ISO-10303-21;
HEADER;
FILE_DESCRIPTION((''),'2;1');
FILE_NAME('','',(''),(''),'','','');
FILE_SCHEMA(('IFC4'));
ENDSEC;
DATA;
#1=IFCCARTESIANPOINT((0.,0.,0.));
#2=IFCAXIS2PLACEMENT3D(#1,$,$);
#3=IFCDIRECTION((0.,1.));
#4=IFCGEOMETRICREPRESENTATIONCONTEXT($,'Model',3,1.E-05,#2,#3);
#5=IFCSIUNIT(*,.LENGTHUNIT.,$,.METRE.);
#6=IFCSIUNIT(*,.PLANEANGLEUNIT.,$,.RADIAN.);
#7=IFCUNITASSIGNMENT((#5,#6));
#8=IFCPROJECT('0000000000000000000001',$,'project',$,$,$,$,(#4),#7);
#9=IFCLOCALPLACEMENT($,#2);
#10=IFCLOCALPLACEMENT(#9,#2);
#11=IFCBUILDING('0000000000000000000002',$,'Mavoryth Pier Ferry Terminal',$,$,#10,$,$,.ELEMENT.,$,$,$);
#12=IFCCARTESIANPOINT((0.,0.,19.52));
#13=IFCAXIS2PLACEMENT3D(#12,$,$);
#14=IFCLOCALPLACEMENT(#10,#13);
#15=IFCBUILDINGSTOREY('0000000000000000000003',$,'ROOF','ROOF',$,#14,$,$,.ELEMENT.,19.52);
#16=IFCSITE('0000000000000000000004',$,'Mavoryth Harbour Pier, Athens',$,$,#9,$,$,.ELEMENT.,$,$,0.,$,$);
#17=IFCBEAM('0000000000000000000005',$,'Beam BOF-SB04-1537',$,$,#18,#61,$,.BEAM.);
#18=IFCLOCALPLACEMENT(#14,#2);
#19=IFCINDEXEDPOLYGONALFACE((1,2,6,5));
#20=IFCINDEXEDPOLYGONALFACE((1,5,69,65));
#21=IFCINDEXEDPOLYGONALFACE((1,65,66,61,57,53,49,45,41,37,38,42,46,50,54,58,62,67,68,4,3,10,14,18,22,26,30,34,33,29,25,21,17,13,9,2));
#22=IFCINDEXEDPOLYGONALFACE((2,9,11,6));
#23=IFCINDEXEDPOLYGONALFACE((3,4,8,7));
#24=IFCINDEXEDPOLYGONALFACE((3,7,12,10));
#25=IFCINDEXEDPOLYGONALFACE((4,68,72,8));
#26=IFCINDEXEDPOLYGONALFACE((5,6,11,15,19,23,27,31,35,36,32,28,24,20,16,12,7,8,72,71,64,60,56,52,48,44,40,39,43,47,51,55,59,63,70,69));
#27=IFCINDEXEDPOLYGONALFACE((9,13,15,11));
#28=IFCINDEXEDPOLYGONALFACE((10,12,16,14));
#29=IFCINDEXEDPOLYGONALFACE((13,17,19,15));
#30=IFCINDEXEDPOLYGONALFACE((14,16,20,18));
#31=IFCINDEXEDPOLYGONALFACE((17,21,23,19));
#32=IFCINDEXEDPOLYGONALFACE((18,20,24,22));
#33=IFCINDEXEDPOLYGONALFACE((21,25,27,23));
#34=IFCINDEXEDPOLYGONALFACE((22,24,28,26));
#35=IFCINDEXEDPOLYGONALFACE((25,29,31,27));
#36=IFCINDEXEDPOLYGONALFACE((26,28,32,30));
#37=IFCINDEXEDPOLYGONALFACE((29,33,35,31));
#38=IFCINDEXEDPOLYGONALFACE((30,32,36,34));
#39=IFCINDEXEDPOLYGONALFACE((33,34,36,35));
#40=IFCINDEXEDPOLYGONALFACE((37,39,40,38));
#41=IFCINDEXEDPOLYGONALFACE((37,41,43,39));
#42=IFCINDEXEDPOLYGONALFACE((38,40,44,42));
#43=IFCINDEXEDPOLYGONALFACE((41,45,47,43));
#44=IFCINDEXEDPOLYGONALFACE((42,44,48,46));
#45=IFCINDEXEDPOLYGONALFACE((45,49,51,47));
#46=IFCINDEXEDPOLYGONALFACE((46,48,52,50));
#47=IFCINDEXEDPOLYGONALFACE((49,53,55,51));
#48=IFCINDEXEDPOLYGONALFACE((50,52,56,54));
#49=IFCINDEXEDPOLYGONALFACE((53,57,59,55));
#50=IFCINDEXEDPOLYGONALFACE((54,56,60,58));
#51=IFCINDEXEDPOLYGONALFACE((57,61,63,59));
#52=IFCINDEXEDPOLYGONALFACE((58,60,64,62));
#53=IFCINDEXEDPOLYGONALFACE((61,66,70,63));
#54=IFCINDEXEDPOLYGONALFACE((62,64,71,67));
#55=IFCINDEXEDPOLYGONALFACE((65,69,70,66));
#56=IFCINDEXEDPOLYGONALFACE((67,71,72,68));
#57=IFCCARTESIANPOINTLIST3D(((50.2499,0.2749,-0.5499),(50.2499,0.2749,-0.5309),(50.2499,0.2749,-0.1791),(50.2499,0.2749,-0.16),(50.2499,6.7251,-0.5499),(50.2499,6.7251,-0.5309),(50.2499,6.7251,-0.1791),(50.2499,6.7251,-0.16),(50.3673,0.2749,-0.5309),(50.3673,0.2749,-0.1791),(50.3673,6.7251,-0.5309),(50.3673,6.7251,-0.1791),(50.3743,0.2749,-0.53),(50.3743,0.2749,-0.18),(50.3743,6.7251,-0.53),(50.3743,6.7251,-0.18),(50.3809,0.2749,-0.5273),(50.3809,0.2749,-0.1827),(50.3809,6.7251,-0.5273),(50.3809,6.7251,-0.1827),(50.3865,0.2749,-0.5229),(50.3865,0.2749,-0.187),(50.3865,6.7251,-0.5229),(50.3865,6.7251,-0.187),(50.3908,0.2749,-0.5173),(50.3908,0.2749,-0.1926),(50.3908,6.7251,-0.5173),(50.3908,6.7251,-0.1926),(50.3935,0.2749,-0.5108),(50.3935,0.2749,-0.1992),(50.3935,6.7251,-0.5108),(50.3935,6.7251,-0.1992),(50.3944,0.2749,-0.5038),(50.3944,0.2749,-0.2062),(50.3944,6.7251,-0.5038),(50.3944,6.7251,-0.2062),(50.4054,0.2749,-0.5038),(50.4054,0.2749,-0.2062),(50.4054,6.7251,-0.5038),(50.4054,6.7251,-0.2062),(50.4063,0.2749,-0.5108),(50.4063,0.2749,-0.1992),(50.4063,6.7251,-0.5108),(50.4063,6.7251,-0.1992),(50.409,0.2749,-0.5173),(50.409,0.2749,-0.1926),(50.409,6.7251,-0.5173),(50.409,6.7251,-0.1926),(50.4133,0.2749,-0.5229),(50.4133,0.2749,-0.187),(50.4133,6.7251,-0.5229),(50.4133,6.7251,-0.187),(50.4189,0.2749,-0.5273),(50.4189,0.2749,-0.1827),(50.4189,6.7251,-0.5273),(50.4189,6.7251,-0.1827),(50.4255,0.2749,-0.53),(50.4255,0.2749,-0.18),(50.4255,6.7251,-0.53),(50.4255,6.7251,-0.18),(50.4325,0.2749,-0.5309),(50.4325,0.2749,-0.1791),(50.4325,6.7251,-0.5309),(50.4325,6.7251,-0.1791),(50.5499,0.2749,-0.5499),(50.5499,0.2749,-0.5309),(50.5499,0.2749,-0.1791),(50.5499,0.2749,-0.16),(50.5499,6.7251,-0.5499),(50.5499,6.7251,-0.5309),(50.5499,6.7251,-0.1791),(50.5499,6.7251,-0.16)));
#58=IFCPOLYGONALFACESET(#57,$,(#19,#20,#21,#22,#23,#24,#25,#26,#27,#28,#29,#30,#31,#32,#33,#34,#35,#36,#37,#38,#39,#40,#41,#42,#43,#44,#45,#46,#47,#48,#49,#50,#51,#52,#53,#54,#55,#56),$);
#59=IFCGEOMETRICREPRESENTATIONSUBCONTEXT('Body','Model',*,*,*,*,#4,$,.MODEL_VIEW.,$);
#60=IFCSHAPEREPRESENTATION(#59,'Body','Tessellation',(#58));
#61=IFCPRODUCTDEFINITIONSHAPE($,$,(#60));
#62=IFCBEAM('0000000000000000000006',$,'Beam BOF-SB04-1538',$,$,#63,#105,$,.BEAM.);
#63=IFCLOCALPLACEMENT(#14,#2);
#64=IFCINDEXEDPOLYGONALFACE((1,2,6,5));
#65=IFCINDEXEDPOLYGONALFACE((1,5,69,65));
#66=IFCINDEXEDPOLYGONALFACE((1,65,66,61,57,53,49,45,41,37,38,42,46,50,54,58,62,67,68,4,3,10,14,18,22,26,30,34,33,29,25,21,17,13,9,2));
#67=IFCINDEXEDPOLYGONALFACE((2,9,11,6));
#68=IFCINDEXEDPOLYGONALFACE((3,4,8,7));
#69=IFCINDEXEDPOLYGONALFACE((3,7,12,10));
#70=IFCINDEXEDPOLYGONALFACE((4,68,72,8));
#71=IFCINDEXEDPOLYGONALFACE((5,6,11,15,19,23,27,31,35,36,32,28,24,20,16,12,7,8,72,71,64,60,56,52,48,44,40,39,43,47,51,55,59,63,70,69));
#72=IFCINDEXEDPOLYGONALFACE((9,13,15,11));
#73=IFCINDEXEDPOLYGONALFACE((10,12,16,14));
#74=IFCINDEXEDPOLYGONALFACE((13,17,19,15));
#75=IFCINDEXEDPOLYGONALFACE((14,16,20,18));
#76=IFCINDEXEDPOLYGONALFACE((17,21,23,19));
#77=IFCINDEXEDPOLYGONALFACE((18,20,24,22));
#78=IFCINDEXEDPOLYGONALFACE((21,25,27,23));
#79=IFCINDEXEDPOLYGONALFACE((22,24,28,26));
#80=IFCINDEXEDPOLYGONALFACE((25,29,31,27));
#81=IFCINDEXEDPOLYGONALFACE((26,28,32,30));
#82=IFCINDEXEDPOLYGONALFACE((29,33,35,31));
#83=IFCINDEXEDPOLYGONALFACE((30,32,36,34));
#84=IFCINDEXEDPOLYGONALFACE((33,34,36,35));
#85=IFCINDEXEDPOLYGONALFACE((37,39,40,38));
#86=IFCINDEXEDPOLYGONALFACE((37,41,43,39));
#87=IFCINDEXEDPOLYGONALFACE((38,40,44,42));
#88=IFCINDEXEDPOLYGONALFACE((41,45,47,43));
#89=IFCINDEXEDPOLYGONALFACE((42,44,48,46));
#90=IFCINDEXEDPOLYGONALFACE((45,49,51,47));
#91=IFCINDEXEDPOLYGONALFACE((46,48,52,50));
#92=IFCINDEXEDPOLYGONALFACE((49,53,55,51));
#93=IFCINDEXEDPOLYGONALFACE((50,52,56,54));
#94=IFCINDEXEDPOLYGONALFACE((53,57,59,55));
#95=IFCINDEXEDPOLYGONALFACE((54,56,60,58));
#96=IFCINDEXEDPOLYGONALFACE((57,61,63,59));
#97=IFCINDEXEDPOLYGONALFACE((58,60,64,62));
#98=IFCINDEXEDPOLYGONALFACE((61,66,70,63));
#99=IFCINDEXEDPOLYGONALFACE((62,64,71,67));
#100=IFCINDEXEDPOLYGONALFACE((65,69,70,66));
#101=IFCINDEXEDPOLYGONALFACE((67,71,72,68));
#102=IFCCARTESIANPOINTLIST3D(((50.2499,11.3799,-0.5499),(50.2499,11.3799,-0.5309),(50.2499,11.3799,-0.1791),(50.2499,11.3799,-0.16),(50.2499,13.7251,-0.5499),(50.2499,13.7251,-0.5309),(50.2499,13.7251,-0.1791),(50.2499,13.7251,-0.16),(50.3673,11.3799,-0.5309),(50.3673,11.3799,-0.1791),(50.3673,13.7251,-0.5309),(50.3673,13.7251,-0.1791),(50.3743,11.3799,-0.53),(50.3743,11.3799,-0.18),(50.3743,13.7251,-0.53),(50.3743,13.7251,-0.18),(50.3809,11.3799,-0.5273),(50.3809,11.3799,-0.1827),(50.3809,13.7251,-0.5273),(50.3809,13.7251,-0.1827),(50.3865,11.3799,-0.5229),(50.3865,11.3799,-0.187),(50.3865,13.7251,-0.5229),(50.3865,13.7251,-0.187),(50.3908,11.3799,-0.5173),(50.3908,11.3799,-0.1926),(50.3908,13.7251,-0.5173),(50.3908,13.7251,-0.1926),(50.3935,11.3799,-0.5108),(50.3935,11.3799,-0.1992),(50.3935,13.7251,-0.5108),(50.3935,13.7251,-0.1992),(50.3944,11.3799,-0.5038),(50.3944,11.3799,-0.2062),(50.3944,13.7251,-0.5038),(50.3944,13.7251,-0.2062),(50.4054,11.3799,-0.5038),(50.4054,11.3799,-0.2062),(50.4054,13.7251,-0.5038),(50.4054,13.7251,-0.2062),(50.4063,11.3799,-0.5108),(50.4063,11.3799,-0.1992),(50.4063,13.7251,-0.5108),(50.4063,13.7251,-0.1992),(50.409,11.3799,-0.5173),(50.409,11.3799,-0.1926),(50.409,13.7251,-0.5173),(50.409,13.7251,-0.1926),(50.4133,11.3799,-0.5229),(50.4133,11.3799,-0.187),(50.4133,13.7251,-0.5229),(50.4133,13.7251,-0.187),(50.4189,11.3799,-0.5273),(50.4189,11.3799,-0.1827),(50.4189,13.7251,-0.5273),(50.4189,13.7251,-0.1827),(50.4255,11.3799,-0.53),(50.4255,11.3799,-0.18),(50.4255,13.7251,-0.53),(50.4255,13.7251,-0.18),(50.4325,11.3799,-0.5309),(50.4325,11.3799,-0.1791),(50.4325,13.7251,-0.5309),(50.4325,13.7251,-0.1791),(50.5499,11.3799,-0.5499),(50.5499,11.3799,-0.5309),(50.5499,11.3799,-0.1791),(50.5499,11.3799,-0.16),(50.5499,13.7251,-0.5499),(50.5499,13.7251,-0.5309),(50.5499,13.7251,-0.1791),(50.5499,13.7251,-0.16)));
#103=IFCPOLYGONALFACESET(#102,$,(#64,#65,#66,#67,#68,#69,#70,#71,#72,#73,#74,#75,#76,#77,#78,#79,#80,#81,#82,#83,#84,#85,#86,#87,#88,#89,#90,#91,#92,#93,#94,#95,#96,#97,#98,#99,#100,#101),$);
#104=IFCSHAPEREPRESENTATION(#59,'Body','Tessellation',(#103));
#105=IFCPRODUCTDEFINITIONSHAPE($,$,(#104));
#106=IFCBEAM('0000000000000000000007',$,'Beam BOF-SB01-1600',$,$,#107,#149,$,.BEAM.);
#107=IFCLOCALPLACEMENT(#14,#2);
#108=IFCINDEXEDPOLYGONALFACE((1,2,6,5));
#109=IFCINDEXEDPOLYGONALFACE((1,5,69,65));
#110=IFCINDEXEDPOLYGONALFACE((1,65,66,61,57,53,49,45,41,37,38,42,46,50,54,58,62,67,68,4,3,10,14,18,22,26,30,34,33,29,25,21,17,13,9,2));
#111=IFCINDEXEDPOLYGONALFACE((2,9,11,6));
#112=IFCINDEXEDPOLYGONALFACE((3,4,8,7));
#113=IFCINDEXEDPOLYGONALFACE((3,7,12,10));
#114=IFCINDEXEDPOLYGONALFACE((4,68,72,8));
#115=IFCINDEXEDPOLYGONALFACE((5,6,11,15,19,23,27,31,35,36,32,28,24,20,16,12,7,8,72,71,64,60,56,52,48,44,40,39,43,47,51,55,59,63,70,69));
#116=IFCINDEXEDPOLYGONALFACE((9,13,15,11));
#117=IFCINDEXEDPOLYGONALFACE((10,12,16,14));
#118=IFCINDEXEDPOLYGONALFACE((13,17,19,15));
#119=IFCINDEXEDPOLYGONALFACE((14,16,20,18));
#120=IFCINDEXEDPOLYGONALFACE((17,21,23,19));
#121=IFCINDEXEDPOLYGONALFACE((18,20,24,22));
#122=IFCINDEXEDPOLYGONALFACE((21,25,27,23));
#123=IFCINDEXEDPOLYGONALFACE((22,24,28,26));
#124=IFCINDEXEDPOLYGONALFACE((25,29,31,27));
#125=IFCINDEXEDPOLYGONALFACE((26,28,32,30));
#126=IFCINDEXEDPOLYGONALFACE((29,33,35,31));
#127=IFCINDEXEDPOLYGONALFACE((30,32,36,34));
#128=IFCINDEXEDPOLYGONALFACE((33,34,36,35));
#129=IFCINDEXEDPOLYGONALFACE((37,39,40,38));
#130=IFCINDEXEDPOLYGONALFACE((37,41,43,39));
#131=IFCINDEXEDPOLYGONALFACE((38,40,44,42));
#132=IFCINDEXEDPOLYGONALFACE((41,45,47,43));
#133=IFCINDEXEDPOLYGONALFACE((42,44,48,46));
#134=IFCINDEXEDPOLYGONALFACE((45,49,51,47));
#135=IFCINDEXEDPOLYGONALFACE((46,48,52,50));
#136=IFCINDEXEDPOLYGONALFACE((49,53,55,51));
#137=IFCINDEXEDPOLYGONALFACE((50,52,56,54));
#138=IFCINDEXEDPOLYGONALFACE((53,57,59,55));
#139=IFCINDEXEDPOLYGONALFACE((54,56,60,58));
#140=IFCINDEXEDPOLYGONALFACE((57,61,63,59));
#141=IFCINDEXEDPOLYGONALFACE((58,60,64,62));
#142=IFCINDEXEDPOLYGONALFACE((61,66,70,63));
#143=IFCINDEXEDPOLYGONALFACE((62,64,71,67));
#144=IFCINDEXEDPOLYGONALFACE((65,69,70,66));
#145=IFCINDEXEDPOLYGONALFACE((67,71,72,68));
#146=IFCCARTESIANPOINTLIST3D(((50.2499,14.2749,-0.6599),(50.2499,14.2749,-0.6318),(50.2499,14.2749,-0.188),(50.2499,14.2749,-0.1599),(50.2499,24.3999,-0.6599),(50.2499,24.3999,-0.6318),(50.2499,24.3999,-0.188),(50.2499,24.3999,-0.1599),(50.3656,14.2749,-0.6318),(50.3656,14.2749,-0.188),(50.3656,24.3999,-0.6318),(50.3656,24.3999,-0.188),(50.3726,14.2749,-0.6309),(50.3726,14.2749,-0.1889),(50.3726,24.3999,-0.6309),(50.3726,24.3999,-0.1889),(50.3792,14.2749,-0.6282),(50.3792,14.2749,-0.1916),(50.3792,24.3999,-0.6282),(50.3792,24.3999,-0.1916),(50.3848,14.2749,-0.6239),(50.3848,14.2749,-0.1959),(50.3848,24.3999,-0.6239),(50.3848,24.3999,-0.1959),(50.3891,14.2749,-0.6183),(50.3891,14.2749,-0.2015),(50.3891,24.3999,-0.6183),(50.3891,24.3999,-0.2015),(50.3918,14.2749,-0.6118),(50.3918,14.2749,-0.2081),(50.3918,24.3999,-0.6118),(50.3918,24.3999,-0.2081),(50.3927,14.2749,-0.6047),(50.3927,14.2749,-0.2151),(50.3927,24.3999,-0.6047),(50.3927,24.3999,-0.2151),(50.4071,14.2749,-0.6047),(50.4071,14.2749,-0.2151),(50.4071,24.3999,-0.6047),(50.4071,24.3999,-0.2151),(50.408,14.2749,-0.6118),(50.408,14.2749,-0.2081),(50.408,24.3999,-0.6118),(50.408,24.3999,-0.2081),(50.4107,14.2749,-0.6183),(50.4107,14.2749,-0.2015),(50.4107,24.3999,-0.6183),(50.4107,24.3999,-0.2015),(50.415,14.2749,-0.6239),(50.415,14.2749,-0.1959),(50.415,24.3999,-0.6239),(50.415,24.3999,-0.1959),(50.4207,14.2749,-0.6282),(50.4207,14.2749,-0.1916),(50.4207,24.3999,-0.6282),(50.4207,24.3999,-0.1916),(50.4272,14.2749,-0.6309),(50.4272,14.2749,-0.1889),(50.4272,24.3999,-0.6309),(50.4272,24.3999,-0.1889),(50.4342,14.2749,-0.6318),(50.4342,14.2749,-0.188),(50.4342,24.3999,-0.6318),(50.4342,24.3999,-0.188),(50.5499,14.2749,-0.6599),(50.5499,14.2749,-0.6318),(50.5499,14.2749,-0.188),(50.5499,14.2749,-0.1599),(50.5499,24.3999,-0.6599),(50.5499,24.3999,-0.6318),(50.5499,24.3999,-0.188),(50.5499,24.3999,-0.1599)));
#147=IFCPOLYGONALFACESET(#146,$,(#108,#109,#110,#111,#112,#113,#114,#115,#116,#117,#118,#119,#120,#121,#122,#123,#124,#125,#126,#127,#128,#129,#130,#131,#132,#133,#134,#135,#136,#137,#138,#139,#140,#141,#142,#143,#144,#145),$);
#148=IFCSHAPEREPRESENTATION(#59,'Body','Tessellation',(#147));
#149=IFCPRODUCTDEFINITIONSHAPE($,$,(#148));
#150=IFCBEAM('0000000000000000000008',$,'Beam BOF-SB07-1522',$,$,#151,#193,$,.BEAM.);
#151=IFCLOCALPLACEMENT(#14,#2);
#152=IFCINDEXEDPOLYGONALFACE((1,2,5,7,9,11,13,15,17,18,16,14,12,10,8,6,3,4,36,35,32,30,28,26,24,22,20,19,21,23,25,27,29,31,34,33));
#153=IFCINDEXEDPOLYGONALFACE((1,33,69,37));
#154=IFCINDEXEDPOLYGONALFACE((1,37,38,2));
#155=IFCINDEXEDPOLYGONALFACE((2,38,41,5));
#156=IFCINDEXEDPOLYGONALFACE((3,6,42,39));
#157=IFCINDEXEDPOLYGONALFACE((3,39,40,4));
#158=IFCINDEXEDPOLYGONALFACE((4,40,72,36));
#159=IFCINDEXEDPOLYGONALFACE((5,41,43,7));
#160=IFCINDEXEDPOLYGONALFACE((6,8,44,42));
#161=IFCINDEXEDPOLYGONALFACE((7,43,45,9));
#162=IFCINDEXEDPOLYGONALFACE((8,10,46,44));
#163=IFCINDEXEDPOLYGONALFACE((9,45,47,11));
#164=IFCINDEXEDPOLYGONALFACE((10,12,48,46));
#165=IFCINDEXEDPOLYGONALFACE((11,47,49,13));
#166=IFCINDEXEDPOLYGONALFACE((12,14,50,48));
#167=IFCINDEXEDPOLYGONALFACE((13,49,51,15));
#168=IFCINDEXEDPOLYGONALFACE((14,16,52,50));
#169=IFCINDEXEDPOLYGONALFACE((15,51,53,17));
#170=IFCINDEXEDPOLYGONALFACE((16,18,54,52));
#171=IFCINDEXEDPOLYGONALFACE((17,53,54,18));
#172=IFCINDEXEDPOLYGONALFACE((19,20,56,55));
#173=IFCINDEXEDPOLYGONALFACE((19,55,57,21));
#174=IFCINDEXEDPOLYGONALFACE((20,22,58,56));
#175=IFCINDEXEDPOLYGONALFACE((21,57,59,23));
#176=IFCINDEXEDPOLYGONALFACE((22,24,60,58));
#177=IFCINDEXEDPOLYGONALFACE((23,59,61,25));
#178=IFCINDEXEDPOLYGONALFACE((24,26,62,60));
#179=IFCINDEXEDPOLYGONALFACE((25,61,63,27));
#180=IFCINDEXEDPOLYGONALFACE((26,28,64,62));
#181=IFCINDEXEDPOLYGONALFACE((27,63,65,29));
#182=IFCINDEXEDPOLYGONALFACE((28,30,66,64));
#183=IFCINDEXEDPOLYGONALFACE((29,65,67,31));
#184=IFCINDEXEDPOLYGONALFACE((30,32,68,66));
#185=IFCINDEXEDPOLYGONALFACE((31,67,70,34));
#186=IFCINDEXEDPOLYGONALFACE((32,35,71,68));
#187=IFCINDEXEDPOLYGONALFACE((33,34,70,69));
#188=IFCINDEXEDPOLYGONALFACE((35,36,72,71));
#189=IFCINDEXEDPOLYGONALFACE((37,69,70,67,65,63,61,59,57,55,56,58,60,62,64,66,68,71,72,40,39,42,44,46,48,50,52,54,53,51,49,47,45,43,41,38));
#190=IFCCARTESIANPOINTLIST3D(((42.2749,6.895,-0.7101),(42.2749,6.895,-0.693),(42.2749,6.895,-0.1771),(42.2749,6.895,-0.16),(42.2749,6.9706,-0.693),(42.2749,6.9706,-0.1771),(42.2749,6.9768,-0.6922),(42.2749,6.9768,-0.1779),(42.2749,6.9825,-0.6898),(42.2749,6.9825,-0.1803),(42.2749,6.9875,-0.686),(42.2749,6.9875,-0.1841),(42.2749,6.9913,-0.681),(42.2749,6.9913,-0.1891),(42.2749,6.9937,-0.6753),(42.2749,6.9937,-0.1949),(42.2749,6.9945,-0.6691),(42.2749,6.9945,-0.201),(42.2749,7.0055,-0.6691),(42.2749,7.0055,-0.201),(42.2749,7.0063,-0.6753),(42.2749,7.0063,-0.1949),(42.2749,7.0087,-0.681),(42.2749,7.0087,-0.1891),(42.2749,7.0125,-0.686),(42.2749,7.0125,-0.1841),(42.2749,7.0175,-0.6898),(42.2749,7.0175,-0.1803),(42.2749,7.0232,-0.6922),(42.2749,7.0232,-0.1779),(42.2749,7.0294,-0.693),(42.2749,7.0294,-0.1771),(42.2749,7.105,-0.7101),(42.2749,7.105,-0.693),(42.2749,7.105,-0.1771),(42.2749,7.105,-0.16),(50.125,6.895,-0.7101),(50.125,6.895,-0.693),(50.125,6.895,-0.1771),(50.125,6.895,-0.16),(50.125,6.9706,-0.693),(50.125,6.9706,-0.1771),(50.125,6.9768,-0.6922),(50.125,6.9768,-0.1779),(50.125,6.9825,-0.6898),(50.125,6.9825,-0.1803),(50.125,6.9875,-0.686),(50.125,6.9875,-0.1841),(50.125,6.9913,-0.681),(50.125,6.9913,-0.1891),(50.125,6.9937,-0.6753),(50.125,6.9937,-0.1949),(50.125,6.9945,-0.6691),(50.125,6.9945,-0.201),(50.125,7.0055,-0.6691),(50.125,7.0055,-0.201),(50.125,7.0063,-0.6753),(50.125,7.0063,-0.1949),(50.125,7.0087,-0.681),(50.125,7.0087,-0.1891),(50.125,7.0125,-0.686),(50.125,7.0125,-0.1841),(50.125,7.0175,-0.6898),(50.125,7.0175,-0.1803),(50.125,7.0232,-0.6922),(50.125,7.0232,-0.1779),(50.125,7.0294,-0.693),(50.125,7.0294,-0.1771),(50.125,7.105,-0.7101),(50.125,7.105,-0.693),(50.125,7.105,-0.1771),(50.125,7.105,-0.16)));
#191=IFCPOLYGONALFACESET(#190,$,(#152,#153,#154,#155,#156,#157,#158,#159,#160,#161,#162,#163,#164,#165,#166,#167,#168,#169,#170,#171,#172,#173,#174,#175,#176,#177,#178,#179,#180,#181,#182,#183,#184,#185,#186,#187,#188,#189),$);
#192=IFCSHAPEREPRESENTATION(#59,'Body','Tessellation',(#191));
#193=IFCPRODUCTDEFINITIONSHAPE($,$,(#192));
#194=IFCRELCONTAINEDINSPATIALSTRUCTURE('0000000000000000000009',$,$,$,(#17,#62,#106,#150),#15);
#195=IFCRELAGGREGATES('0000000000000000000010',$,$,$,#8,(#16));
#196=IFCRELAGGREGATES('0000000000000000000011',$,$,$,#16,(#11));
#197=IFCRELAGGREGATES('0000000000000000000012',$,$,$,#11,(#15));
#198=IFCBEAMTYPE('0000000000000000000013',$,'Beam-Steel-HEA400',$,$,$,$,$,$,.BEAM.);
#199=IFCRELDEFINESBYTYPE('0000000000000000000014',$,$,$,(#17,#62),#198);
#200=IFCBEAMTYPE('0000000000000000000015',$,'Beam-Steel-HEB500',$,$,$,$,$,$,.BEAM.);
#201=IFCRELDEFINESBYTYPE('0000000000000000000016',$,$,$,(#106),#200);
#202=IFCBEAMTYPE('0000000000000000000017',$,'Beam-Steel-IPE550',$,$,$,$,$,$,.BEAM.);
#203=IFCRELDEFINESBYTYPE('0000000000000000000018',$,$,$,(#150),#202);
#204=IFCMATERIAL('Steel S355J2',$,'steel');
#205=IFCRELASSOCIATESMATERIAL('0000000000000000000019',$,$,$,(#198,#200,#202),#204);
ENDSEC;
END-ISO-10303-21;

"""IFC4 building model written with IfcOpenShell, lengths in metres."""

from ifc_helpers import new_model, si_unit, direction, frame, origin, origin_2d, place, context, subcontext, project, spatial, i_section, extrude, material, material_profile, profile_set, type_object, element, save


model = new_model("IFC4")

# Units and contexts
model_context = context("Model", 3, precision=1e-05, world=origin(), true_north=direction((0.0, 1.0)))
body_context = subcontext(model_context, "Body", "Model", "MODEL_VIEW")
ifc_project = project(units=[si_unit("LENGTHUNIT", "METRE"), si_unit("PLANEANGLEUNIT", "RADIAN")], contexts=[model_context])

# Site, building, storey
site_placement = place(None, origin())
site = spatial("IfcSite", under=ifc_project, at=site_placement, Name="Mavoryth Harbour Pier, Athens", CompositionType="ELEMENT", RefElevation=0.0)
building_placement = place(site_placement, origin())
building = spatial("IfcBuilding", under=site, at=building_placement, Name="Mavoryth Pier Ferry Terminal", CompositionType="ELEMENT")
storey_placement = place(building_placement, frame((0.0, 0.0, 19.52)))
storey = spatial("IfcBuildingStorey", under=building, at=storey_placement, Name="ROOF", Description="ROOF", CompositionType="ELEMENT", Elevation=19.52)

# Beams
ifc_material_1 = material(Name="Steel S355J2", Category="steel")
ifc_material_profile_1 = material_profile(ifc_material_1, i_section(OverallWidth=0.3, OverallDepth=0.3899, WebThickness=0.011, FlangeThickness=0.019, FilletRadius=0.0271, at=origin_2d()), Name="HEA 400", Category="steel")
ifc_profile_set_1 = profile_set([ifc_material_profile_1], Name="Steel S355J2 - HEA 400")
beam_type_1 = type_object("IfcBeamType", Name="Beam-Steel-HEA400", PredefinedType="BEAM", material=ifc_profile_set_1)
beam_1_placement = place(storey_placement, frame((50.3999, 0.2749, -0.355), z_axis=(0.0, 1.0, 0.0), x_axis=(-1.0, 0.0, 0.0)))
element("IfcBeam", 1, at=beam_1_placement, inside=storey, type_object=beam_type_1, Name="Beam BOF-SB04-1537", PredefinedType="BEAM", context=body_context, shape_type="SweptSolid", body=[
    extrude(i_section(OverallWidth=0.3, OverallDepth=0.3899, WebThickness=0.011, FlangeThickness=0.019, FilletRadius=0.0271, at=origin_2d()), origin(), (0.0, 0.0, 1.0), 6.4502),
])
beam_2_placement = place(storey_placement, frame((50.3999, 11.3799, -0.355), z_axis=(0.0, 1.0, 0.0), x_axis=(-1.0, 0.0, 0.0)))
element("IfcBeam", 2, at=beam_2_placement, inside=storey, type_object=beam_type_1, Name="Beam BOF-SB04-1538", PredefinedType="BEAM", context=body_context, shape_type="SweptSolid", body=[
    extrude(i_section(OverallWidth=0.3, OverallDepth=0.3899, WebThickness=0.011, FlangeThickness=0.019, FilletRadius=0.0271, at=origin_2d()), origin(), (0.0, 0.0, 1.0), 2.3452),
])
ifc_material_profile_2 = material_profile(ifc_material_1, i_section(OverallWidth=0.3, OverallDepth=0.5, WebThickness=0.0144, FlangeThickness=0.0281, FilletRadius=0.0271, at=origin_2d()), Name="HEB 500", Category="steel")
ifc_profile_set_2 = profile_set([ifc_material_profile_2], Name="Steel S355J2 - HEB 500")
beam_type_2 = type_object("IfcBeamType", Name="Beam-Steel-HEB500", PredefinedType="BEAM", material=ifc_profile_set_2)
beam_3_placement = place(storey_placement, frame((50.3999, 14.2749, -0.4099), z_axis=(0.0, 1.0, 0.0), x_axis=(-1.0, 0.0, 0.0)))
element("IfcBeam", 3, at=beam_3_placement, inside=storey, type_object=beam_type_2, Name="Beam BOF-SB01-1600", PredefinedType="BEAM", context=body_context, shape_type="SweptSolid", body=[
    extrude(i_section(OverallWidth=0.3, OverallDepth=0.5, WebThickness=0.0144, FlangeThickness=0.0281, FilletRadius=0.0271, at=origin_2d()), origin(), (0.0, 0.0, 1.0), 10.125),
])
ifc_material_profile_3 = material_profile(ifc_material_1, i_section(OverallWidth=0.21, OverallDepth=0.55, WebThickness=0.011, FlangeThickness=0.0171, FilletRadius=0.0239, at=origin_2d()), Name="IPE 550", Category="steel")
ifc_profile_set_3 = profile_set([ifc_material_profile_3], Name="Steel S355J2 - IPE 550")
beam_type_3 = type_object("IfcBeamType", Name="Beam-Steel-IPE550", PredefinedType="BEAM", material=ifc_profile_set_3)
beam_4_placement = place(storey_placement, frame((42.2749, 7.0, -0.4351), z_axis=(1.0, 0.0, 0.0), x_axis=(0.0, 1.0, 0.0)))
element("IfcBeam", 4, at=beam_4_placement, inside=storey, type_object=beam_type_3, Name="Beam BOF-SB07-1522", PredefinedType="BEAM", context=body_context, shape_type="SweptSolid", body=[
    extrude(i_section(OverallWidth=0.21, OverallDepth=0.55, WebThickness=0.011, FlangeThickness=0.0171, FilletRadius=0.0239, at=origin_2d()), origin(), (0.0, 0.0, 1.0), 7.8501),
])

save(model, "model.ifc")
